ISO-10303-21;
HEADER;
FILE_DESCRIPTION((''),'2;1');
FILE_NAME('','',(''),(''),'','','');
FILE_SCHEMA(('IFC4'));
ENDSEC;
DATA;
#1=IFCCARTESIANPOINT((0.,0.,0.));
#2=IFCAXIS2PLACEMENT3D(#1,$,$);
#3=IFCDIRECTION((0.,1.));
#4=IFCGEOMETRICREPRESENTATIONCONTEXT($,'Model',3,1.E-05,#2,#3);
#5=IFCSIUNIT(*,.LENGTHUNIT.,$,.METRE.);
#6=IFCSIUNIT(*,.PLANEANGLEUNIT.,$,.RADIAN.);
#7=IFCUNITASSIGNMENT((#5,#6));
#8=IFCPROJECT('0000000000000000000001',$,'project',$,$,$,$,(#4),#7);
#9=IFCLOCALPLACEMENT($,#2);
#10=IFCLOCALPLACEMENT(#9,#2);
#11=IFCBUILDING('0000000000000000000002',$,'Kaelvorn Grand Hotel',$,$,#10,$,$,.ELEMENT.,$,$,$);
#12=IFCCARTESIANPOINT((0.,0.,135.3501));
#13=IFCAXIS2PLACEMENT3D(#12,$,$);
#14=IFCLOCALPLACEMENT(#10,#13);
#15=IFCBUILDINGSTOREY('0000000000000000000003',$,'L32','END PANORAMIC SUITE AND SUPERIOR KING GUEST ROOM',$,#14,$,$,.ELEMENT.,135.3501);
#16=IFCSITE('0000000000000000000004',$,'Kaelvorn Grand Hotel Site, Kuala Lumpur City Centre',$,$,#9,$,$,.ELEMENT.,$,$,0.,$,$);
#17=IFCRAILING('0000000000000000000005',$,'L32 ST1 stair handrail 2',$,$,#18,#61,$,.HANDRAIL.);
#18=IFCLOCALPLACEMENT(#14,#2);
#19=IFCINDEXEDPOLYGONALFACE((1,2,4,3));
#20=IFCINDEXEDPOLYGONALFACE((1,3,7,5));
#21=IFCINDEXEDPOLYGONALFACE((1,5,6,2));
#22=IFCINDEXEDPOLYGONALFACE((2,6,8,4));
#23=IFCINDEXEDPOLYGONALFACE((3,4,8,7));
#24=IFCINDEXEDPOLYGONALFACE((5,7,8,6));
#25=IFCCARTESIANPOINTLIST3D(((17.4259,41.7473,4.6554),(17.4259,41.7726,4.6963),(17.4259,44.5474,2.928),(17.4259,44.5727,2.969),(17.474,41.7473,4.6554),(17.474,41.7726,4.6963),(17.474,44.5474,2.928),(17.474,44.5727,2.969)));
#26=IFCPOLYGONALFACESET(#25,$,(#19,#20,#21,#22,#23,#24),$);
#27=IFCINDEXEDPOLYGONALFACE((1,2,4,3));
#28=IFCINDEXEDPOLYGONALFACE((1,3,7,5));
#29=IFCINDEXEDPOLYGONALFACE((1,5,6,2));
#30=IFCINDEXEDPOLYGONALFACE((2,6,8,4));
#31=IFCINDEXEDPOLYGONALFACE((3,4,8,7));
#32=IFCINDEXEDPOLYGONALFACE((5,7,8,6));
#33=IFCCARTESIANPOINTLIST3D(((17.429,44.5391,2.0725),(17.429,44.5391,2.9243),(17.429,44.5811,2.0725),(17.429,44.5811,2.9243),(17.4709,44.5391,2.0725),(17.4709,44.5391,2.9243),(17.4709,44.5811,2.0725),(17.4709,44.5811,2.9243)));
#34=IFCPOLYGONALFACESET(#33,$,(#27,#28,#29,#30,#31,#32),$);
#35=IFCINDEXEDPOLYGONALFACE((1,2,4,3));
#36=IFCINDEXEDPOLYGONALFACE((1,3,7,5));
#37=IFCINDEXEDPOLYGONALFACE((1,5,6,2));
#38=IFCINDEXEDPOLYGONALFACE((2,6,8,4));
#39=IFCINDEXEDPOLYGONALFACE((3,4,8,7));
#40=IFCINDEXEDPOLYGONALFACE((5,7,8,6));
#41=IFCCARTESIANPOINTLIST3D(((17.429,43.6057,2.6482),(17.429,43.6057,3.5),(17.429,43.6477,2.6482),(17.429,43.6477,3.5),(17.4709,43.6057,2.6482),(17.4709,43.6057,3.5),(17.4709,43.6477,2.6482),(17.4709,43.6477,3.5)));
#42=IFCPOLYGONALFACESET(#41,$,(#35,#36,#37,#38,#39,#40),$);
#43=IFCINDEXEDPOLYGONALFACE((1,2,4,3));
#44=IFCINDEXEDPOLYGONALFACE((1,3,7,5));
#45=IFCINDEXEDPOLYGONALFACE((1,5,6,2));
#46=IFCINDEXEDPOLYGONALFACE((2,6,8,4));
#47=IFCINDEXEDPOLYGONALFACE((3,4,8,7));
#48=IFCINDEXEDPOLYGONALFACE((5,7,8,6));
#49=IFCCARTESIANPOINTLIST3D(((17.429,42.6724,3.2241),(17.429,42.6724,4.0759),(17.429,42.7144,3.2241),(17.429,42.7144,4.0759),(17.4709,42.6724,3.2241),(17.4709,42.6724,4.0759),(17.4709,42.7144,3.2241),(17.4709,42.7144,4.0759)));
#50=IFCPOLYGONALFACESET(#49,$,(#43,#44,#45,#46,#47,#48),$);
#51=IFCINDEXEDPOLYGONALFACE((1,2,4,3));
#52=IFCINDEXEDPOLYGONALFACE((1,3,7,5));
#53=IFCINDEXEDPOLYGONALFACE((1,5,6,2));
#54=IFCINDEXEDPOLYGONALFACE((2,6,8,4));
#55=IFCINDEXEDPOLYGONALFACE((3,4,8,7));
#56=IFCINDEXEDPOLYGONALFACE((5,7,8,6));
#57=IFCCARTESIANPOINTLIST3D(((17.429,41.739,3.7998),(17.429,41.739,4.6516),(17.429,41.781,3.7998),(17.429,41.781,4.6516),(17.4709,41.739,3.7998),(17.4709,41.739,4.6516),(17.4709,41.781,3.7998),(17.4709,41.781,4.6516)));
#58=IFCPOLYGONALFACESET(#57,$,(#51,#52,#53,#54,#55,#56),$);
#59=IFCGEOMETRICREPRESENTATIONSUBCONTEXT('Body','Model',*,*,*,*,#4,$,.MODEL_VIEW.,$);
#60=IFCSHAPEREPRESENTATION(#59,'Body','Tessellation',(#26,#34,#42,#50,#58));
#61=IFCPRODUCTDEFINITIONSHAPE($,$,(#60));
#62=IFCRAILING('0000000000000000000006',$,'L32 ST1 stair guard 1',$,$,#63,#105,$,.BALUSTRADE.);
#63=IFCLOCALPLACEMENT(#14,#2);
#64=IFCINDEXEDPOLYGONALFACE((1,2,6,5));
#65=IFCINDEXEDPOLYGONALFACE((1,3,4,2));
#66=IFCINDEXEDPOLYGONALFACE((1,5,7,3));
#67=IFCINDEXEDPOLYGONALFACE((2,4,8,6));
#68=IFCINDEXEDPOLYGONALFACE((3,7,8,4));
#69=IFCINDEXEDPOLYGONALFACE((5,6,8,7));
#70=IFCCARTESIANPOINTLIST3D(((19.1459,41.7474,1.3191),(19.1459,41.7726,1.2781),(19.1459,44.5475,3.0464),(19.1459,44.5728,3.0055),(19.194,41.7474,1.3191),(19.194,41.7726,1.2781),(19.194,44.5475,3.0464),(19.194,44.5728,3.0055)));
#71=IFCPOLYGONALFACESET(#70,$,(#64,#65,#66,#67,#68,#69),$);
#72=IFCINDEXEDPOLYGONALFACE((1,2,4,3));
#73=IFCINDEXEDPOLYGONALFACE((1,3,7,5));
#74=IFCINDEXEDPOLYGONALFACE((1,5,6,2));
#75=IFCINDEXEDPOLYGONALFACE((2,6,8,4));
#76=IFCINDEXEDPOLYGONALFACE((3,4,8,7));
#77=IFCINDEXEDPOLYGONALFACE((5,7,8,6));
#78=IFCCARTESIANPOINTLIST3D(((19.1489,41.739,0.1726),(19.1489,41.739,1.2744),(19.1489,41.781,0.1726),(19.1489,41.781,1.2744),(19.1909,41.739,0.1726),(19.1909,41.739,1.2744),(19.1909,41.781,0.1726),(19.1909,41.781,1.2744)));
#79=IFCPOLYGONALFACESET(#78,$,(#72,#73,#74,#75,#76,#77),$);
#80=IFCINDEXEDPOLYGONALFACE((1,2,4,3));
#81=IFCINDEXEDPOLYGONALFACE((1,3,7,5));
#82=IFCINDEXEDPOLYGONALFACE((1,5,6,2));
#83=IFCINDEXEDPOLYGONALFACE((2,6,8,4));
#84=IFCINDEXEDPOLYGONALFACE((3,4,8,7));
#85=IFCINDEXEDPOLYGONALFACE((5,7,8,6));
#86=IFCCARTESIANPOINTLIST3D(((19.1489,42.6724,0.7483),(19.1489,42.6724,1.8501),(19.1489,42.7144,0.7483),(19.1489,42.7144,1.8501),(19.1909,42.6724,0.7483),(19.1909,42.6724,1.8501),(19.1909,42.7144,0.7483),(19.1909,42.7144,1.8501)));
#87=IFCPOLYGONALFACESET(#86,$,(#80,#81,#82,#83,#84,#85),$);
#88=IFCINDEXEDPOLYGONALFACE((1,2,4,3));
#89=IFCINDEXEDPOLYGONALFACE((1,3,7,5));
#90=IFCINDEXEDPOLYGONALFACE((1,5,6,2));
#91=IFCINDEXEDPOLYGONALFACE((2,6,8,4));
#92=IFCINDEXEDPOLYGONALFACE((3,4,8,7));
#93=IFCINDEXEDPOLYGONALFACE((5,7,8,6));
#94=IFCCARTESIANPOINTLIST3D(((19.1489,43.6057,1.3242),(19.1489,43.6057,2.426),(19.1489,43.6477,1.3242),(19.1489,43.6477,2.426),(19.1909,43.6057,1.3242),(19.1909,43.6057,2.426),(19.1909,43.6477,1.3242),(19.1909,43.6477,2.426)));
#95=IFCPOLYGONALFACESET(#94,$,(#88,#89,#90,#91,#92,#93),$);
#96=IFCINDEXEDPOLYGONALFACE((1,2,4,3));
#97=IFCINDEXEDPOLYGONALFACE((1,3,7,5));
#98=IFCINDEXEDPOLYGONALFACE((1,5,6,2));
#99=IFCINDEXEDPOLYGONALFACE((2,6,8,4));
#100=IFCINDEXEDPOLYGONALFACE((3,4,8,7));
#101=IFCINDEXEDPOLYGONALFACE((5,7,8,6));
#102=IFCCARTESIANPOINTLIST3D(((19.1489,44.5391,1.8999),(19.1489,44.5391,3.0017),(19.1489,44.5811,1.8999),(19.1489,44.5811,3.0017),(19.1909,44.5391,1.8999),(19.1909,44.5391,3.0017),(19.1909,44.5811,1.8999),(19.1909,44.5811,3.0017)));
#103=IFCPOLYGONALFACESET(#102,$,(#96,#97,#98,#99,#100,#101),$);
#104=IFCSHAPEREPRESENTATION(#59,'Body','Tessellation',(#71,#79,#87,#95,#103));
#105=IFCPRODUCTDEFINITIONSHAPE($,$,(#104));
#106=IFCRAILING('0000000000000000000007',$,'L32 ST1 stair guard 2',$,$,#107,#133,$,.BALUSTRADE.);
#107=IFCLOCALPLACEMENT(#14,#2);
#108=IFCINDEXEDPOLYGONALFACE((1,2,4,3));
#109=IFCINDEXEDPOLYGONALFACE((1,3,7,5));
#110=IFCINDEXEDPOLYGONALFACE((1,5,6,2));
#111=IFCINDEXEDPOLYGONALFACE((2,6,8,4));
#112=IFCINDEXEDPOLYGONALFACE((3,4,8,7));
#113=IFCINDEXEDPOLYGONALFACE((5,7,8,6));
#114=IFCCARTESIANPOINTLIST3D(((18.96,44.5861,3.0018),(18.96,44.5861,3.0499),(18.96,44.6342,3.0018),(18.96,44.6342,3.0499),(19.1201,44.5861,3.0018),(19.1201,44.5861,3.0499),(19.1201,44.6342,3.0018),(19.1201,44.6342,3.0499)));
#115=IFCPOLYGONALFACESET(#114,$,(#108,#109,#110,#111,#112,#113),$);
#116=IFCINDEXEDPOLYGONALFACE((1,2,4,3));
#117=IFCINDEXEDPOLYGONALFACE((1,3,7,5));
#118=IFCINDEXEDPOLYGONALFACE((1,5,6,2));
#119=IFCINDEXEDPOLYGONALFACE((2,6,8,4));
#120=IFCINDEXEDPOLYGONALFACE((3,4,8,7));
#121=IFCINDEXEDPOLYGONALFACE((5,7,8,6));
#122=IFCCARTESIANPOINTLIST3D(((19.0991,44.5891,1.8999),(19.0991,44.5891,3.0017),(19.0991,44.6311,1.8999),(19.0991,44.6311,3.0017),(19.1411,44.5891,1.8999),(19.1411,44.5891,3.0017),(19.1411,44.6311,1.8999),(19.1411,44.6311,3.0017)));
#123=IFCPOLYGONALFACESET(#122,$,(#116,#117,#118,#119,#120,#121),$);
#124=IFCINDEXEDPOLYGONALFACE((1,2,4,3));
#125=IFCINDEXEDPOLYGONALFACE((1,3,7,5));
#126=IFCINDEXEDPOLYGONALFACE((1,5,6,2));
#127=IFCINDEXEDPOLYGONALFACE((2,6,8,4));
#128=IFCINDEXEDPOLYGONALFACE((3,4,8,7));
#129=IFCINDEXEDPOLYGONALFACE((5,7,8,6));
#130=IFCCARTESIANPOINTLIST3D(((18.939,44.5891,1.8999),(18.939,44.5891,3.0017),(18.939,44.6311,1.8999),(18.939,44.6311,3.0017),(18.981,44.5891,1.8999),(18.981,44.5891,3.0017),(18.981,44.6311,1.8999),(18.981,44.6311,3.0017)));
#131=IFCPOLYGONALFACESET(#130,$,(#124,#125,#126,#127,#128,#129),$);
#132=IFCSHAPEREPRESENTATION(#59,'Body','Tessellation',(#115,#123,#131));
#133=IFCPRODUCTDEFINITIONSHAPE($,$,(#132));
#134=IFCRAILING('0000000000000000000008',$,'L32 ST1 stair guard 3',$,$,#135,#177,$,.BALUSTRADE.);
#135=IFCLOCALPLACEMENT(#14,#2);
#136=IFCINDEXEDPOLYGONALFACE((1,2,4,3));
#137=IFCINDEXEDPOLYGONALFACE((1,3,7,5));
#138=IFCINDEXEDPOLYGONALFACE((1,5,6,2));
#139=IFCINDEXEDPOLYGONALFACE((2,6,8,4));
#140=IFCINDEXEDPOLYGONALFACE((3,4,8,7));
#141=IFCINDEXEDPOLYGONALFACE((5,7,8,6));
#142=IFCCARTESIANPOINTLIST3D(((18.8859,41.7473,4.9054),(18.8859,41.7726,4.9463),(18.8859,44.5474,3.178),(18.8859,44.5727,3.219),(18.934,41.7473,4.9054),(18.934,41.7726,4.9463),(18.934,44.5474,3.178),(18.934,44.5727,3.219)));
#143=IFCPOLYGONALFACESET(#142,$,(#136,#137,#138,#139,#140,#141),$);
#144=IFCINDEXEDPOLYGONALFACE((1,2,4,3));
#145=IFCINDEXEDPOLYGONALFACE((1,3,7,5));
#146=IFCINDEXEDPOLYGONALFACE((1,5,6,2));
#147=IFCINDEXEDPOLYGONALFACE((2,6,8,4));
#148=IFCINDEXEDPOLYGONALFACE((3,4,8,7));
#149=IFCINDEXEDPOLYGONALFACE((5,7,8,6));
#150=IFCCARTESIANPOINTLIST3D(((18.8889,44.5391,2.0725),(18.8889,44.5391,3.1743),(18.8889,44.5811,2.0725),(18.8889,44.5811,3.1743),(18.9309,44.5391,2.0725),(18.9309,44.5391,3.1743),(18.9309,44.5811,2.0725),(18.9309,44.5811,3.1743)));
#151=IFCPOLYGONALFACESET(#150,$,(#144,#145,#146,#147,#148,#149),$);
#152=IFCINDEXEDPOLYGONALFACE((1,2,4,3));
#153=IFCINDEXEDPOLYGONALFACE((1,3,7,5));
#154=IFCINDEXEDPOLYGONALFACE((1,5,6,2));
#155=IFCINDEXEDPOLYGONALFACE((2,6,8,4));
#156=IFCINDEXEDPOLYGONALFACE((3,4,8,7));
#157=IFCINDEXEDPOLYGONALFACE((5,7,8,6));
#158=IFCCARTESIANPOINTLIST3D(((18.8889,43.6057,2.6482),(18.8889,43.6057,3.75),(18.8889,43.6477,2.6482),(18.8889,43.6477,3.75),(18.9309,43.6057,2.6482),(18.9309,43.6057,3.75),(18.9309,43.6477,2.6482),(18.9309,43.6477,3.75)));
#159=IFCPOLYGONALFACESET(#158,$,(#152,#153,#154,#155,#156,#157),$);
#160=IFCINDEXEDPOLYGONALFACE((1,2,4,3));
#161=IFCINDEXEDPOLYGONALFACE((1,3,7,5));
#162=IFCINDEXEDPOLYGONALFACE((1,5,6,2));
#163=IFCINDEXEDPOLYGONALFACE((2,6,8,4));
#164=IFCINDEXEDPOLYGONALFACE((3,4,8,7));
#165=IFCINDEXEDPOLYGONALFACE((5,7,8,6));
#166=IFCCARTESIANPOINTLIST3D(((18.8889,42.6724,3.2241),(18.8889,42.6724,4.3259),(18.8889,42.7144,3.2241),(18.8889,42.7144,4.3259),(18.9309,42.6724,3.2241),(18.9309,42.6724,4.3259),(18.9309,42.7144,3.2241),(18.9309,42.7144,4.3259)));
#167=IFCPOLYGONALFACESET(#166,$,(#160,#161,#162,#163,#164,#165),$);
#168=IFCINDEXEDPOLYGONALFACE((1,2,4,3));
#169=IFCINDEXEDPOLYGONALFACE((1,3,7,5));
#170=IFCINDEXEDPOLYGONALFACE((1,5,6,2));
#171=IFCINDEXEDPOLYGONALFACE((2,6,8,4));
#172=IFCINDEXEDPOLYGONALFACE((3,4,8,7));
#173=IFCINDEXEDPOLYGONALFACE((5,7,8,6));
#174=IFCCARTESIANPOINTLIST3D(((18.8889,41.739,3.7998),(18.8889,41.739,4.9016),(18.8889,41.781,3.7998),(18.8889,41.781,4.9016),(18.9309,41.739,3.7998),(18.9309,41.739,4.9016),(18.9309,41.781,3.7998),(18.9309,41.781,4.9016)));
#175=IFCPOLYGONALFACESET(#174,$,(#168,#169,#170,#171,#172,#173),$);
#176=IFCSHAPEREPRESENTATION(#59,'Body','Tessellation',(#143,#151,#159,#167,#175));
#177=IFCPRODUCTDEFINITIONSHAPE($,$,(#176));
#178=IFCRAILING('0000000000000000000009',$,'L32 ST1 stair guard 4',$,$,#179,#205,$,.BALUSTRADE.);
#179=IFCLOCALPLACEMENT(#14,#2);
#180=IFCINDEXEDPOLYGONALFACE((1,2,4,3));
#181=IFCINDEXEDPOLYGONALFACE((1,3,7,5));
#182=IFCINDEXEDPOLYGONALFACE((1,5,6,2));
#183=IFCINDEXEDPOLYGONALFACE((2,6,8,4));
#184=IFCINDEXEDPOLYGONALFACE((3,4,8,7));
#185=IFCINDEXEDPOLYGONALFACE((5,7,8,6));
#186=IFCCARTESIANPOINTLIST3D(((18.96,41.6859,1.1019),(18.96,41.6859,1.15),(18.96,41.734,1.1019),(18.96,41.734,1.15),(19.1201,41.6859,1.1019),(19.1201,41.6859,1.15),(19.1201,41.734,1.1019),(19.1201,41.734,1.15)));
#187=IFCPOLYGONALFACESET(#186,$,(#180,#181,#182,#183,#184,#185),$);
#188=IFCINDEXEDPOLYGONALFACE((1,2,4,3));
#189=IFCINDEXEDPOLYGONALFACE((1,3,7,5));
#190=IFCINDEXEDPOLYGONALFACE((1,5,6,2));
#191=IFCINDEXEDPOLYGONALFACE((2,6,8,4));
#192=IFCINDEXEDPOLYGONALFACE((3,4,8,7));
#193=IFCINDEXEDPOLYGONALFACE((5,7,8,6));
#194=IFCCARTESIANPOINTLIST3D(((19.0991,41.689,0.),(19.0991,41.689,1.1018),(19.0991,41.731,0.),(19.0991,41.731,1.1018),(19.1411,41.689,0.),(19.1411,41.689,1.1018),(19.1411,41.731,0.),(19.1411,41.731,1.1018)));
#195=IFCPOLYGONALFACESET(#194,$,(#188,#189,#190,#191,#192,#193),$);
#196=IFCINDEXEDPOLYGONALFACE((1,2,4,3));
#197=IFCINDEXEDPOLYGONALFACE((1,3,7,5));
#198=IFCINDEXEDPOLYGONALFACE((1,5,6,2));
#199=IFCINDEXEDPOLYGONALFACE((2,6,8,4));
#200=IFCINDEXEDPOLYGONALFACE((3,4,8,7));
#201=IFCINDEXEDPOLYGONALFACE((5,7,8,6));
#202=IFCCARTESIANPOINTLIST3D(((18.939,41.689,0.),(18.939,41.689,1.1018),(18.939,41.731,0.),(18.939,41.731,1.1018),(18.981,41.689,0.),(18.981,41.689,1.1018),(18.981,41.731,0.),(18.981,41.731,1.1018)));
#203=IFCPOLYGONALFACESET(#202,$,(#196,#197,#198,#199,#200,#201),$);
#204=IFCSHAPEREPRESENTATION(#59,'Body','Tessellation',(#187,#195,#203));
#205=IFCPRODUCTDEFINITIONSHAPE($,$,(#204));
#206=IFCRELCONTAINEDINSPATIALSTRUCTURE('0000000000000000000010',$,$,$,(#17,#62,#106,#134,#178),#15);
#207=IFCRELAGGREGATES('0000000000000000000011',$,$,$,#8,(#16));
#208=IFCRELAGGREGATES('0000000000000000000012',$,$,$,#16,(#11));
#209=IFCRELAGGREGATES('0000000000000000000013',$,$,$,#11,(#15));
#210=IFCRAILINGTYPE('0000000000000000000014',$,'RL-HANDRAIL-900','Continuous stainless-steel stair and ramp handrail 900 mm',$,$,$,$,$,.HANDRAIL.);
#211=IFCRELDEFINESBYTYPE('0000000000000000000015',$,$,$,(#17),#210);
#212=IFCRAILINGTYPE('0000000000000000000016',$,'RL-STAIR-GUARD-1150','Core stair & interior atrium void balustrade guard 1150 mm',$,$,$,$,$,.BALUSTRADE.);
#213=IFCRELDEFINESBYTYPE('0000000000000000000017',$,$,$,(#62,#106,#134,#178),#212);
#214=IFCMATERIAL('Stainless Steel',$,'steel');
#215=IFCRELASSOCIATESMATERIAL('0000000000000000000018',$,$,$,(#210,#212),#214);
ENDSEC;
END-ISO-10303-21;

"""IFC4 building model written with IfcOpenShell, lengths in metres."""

from ifc_helpers import new_model, si_unit, direction, frame, origin, origin_2d, place, context, subcontext, project, spatial, rectangle, extrude, material, type_object, element, save


model = new_model("IFC4")

# Units and contexts
model_context = context("Model", 3, precision=1e-05, world=origin(), true_north=direction((0.0, 1.0)))
body_context = subcontext(model_context, "Body", "Model", "MODEL_VIEW")
ifc_project = project(units=[si_unit("LENGTHUNIT", "METRE"), si_unit("PLANEANGLEUNIT", "RADIAN")], contexts=[model_context])

# Site, building, storey
site_placement = place(None, origin())
site = spatial("IfcSite", under=ifc_project, at=site_placement, Name="Kaelvorn Grand Hotel Site, Kuala Lumpur City Centre", CompositionType="ELEMENT", RefElevation=0.0)
building_placement = place(site_placement, origin())
building = spatial("IfcBuilding", under=site, at=building_placement, Name="Kaelvorn Grand Hotel", CompositionType="ELEMENT")
storey_placement = place(building_placement, frame((0.0, 0.0, 135.3501)))
storey = spatial("IfcBuildingStorey", under=building, at=storey_placement, Name="L32", Description="END PANORAMIC SUITE AND SUPERIOR KING GUEST ROOM", CompositionType="ELEMENT", Elevation=135.3501)

# Railings
ifc_material_1 = material(Name="Stainless Steel", Category="steel")
railing_type_1 = type_object("IfcRailingType", Name="RL-HANDRAIL-900", Description="Continuous stainless-steel stair and ramp handrail 900 mm", PredefinedType="HANDRAIL", material=ifc_material_1)
railing_1_placement = place(storey_placement, frame((17.45, 44.5601, 2.0725)))
element("IfcRailing", 1, at=railing_1_placement, inside=storey, type_object=railing_type_1, Name="L32 ST1 stair handrail 2", PredefinedType="HANDRAIL", context=body_context, shape_type="SweptSolid", body=[
    extrude(rectangle(XDim=0.0481, YDim=0.0481, at=origin_2d()), frame((0.0, 0.0, 0.876), z_axis=(0.0, -0.85109, 0.52502), x_axis=(1.0, 0.0, 0.0)), (0.0, 0.0, 1.0), 3.29),
    extrude(rectangle(XDim=0.042, YDim=0.042, at=origin_2d()), origin(), (0.0, 0.0, 1.0), 0.8518),
    extrude(rectangle(XDim=0.042, YDim=0.042, at=origin_2d()), frame((0.0, -0.9333, 0.5757)), (0.0, 0.0, 1.0), 0.8518),
    extrude(rectangle(XDim=0.042, YDim=0.042, at=origin_2d()), frame((0.0, -1.8667, 1.1516)), (0.0, 0.0, 1.0), 0.8518),
    extrude(rectangle(XDim=0.042, YDim=0.042, at=origin_2d()), frame((0.0, -2.8, 1.7273)), (0.0, 0.0, 1.0), 0.8518),
])
railing_type_2 = type_object("IfcRailingType", Name="RL-STAIR-GUARD-1150", Description="Core stair & interior atrium void balustrade guard 1150 mm", PredefinedType="BALUSTRADE", material=ifc_material_1)
railing_2_placement = place(storey_placement, frame((19.1699, 41.76, 0.1726)))
element("IfcRailing", 2, at=railing_2_placement, inside=storey, type_object=railing_type_2, Name="L32 ST1 stair guard 1", PredefinedType="BALUSTRADE", context=body_context, shape_type="SweptSolid", body=[
    extrude(rectangle(XDim=0.0481, YDim=0.0481, at=origin_2d()), frame((0.0, 0.0, 1.126), z_axis=(0.0, 0.85109, 0.52502), x_axis=(-1.0, 0.0, 0.0)), (0.0, 0.0, 1.0), 3.29),
    extrude(rectangle(XDim=0.042, YDim=0.042, at=origin_2d()), origin(), (0.0, 0.0, 1.0), 1.1018),
    extrude(rectangle(XDim=0.042, YDim=0.042, at=origin_2d()), frame((0.0, 0.9333, 0.5757)), (0.0, 0.0, 1.0), 1.1018),
    extrude(rectangle(XDim=0.042, YDim=0.042, at=origin_2d()), frame((0.0, 1.8667, 1.1516)), (0.0, 0.0, 1.0), 1.1018),
    extrude(rectangle(XDim=0.042, YDim=0.042, at=origin_2d()), frame((0.0, 2.8, 1.7273)), (0.0, 0.0, 1.0), 1.1018),
])
railing_3_placement = place(storey_placement, frame((19.1201, 44.6101, 1.8999)))
element("IfcRailing", 3, at=railing_3_placement, inside=storey, type_object=railing_type_2, Name="L32 ST1 stair guard 2", PredefinedType="BALUSTRADE", context=body_context, shape_type="SweptSolid", body=[
    extrude(rectangle(XDim=0.0481, YDim=0.0481, at=origin_2d()), frame((0.0, 0.0, 1.126), z_axis=(-1.0, 0.0, 0.0), x_axis=(0.0, -1.0, 0.0)), (0.0, 0.0, 1.0), 0.1602),
    extrude(rectangle(XDim=0.042, YDim=0.042, at=origin_2d()), origin(), (0.0, 0.0, 1.0), 1.1018),
    extrude(rectangle(XDim=0.042, YDim=0.042, at=origin_2d()), frame((-0.1602, 0.0, 0.0)), (0.0, 0.0, 1.0), 1.1018),
])
railing_4_placement = place(storey_placement, frame((18.9099, 44.5601, 2.0725)))
element("IfcRailing", 4, at=railing_4_placement, inside=storey, type_object=railing_type_2, Name="L32 ST1 stair guard 3", PredefinedType="BALUSTRADE", context=body_context, shape_type="SweptSolid", body=[
    extrude(rectangle(XDim=0.0481, YDim=0.0481, at=origin_2d()), frame((0.0, 0.0, 1.126), z_axis=(0.0, -0.85109, 0.52502), x_axis=(1.0, 0.0, 0.0)), (0.0, 0.0, 1.0), 3.29),
    extrude(rectangle(XDim=0.042, YDim=0.042, at=origin_2d()), origin(), (0.0, 0.0, 1.0), 1.1018),
    extrude(rectangle(XDim=0.042, YDim=0.042, at=origin_2d()), frame((0.0, -0.9333, 0.5757)), (0.0, 0.0, 1.0), 1.1018),
    extrude(rectangle(XDim=0.042, YDim=0.042, at=origin_2d()), frame((0.0, -1.8667, 1.1516)), (0.0, 0.0, 1.0), 1.1018),
    extrude(rectangle(XDim=0.042, YDim=0.042, at=origin_2d()), frame((0.0, -2.8, 1.7273)), (0.0, 0.0, 1.0), 1.1018),
])
railing_5_placement = place(storey_placement, frame((19.1201, 41.71, 0.0)))
element("IfcRailing", 5, at=railing_5_placement, inside=storey, type_object=railing_type_2, Name="L32 ST1 stair guard 4", PredefinedType="BALUSTRADE", context=body_context, shape_type="SweptSolid", body=[
    extrude(rectangle(XDim=0.0481, YDim=0.0481, at=origin_2d()), frame((0.0, 0.0, 1.126), z_axis=(-1.0, 0.0, 0.0), x_axis=(0.0, -1.0, 0.0)), (0.0, 0.0, 1.0), 0.1602),
    extrude(rectangle(XDim=0.042, YDim=0.042, at=origin_2d()), origin(), (0.0, 0.0, 1.0), 1.1018),
    extrude(rectangle(XDim=0.042, YDim=0.042, at=origin_2d()), frame((-0.1602, 0.0, 0.0)), (0.0, 0.0, 1.0), 1.1018),
])

save(model, "model.ifc")
